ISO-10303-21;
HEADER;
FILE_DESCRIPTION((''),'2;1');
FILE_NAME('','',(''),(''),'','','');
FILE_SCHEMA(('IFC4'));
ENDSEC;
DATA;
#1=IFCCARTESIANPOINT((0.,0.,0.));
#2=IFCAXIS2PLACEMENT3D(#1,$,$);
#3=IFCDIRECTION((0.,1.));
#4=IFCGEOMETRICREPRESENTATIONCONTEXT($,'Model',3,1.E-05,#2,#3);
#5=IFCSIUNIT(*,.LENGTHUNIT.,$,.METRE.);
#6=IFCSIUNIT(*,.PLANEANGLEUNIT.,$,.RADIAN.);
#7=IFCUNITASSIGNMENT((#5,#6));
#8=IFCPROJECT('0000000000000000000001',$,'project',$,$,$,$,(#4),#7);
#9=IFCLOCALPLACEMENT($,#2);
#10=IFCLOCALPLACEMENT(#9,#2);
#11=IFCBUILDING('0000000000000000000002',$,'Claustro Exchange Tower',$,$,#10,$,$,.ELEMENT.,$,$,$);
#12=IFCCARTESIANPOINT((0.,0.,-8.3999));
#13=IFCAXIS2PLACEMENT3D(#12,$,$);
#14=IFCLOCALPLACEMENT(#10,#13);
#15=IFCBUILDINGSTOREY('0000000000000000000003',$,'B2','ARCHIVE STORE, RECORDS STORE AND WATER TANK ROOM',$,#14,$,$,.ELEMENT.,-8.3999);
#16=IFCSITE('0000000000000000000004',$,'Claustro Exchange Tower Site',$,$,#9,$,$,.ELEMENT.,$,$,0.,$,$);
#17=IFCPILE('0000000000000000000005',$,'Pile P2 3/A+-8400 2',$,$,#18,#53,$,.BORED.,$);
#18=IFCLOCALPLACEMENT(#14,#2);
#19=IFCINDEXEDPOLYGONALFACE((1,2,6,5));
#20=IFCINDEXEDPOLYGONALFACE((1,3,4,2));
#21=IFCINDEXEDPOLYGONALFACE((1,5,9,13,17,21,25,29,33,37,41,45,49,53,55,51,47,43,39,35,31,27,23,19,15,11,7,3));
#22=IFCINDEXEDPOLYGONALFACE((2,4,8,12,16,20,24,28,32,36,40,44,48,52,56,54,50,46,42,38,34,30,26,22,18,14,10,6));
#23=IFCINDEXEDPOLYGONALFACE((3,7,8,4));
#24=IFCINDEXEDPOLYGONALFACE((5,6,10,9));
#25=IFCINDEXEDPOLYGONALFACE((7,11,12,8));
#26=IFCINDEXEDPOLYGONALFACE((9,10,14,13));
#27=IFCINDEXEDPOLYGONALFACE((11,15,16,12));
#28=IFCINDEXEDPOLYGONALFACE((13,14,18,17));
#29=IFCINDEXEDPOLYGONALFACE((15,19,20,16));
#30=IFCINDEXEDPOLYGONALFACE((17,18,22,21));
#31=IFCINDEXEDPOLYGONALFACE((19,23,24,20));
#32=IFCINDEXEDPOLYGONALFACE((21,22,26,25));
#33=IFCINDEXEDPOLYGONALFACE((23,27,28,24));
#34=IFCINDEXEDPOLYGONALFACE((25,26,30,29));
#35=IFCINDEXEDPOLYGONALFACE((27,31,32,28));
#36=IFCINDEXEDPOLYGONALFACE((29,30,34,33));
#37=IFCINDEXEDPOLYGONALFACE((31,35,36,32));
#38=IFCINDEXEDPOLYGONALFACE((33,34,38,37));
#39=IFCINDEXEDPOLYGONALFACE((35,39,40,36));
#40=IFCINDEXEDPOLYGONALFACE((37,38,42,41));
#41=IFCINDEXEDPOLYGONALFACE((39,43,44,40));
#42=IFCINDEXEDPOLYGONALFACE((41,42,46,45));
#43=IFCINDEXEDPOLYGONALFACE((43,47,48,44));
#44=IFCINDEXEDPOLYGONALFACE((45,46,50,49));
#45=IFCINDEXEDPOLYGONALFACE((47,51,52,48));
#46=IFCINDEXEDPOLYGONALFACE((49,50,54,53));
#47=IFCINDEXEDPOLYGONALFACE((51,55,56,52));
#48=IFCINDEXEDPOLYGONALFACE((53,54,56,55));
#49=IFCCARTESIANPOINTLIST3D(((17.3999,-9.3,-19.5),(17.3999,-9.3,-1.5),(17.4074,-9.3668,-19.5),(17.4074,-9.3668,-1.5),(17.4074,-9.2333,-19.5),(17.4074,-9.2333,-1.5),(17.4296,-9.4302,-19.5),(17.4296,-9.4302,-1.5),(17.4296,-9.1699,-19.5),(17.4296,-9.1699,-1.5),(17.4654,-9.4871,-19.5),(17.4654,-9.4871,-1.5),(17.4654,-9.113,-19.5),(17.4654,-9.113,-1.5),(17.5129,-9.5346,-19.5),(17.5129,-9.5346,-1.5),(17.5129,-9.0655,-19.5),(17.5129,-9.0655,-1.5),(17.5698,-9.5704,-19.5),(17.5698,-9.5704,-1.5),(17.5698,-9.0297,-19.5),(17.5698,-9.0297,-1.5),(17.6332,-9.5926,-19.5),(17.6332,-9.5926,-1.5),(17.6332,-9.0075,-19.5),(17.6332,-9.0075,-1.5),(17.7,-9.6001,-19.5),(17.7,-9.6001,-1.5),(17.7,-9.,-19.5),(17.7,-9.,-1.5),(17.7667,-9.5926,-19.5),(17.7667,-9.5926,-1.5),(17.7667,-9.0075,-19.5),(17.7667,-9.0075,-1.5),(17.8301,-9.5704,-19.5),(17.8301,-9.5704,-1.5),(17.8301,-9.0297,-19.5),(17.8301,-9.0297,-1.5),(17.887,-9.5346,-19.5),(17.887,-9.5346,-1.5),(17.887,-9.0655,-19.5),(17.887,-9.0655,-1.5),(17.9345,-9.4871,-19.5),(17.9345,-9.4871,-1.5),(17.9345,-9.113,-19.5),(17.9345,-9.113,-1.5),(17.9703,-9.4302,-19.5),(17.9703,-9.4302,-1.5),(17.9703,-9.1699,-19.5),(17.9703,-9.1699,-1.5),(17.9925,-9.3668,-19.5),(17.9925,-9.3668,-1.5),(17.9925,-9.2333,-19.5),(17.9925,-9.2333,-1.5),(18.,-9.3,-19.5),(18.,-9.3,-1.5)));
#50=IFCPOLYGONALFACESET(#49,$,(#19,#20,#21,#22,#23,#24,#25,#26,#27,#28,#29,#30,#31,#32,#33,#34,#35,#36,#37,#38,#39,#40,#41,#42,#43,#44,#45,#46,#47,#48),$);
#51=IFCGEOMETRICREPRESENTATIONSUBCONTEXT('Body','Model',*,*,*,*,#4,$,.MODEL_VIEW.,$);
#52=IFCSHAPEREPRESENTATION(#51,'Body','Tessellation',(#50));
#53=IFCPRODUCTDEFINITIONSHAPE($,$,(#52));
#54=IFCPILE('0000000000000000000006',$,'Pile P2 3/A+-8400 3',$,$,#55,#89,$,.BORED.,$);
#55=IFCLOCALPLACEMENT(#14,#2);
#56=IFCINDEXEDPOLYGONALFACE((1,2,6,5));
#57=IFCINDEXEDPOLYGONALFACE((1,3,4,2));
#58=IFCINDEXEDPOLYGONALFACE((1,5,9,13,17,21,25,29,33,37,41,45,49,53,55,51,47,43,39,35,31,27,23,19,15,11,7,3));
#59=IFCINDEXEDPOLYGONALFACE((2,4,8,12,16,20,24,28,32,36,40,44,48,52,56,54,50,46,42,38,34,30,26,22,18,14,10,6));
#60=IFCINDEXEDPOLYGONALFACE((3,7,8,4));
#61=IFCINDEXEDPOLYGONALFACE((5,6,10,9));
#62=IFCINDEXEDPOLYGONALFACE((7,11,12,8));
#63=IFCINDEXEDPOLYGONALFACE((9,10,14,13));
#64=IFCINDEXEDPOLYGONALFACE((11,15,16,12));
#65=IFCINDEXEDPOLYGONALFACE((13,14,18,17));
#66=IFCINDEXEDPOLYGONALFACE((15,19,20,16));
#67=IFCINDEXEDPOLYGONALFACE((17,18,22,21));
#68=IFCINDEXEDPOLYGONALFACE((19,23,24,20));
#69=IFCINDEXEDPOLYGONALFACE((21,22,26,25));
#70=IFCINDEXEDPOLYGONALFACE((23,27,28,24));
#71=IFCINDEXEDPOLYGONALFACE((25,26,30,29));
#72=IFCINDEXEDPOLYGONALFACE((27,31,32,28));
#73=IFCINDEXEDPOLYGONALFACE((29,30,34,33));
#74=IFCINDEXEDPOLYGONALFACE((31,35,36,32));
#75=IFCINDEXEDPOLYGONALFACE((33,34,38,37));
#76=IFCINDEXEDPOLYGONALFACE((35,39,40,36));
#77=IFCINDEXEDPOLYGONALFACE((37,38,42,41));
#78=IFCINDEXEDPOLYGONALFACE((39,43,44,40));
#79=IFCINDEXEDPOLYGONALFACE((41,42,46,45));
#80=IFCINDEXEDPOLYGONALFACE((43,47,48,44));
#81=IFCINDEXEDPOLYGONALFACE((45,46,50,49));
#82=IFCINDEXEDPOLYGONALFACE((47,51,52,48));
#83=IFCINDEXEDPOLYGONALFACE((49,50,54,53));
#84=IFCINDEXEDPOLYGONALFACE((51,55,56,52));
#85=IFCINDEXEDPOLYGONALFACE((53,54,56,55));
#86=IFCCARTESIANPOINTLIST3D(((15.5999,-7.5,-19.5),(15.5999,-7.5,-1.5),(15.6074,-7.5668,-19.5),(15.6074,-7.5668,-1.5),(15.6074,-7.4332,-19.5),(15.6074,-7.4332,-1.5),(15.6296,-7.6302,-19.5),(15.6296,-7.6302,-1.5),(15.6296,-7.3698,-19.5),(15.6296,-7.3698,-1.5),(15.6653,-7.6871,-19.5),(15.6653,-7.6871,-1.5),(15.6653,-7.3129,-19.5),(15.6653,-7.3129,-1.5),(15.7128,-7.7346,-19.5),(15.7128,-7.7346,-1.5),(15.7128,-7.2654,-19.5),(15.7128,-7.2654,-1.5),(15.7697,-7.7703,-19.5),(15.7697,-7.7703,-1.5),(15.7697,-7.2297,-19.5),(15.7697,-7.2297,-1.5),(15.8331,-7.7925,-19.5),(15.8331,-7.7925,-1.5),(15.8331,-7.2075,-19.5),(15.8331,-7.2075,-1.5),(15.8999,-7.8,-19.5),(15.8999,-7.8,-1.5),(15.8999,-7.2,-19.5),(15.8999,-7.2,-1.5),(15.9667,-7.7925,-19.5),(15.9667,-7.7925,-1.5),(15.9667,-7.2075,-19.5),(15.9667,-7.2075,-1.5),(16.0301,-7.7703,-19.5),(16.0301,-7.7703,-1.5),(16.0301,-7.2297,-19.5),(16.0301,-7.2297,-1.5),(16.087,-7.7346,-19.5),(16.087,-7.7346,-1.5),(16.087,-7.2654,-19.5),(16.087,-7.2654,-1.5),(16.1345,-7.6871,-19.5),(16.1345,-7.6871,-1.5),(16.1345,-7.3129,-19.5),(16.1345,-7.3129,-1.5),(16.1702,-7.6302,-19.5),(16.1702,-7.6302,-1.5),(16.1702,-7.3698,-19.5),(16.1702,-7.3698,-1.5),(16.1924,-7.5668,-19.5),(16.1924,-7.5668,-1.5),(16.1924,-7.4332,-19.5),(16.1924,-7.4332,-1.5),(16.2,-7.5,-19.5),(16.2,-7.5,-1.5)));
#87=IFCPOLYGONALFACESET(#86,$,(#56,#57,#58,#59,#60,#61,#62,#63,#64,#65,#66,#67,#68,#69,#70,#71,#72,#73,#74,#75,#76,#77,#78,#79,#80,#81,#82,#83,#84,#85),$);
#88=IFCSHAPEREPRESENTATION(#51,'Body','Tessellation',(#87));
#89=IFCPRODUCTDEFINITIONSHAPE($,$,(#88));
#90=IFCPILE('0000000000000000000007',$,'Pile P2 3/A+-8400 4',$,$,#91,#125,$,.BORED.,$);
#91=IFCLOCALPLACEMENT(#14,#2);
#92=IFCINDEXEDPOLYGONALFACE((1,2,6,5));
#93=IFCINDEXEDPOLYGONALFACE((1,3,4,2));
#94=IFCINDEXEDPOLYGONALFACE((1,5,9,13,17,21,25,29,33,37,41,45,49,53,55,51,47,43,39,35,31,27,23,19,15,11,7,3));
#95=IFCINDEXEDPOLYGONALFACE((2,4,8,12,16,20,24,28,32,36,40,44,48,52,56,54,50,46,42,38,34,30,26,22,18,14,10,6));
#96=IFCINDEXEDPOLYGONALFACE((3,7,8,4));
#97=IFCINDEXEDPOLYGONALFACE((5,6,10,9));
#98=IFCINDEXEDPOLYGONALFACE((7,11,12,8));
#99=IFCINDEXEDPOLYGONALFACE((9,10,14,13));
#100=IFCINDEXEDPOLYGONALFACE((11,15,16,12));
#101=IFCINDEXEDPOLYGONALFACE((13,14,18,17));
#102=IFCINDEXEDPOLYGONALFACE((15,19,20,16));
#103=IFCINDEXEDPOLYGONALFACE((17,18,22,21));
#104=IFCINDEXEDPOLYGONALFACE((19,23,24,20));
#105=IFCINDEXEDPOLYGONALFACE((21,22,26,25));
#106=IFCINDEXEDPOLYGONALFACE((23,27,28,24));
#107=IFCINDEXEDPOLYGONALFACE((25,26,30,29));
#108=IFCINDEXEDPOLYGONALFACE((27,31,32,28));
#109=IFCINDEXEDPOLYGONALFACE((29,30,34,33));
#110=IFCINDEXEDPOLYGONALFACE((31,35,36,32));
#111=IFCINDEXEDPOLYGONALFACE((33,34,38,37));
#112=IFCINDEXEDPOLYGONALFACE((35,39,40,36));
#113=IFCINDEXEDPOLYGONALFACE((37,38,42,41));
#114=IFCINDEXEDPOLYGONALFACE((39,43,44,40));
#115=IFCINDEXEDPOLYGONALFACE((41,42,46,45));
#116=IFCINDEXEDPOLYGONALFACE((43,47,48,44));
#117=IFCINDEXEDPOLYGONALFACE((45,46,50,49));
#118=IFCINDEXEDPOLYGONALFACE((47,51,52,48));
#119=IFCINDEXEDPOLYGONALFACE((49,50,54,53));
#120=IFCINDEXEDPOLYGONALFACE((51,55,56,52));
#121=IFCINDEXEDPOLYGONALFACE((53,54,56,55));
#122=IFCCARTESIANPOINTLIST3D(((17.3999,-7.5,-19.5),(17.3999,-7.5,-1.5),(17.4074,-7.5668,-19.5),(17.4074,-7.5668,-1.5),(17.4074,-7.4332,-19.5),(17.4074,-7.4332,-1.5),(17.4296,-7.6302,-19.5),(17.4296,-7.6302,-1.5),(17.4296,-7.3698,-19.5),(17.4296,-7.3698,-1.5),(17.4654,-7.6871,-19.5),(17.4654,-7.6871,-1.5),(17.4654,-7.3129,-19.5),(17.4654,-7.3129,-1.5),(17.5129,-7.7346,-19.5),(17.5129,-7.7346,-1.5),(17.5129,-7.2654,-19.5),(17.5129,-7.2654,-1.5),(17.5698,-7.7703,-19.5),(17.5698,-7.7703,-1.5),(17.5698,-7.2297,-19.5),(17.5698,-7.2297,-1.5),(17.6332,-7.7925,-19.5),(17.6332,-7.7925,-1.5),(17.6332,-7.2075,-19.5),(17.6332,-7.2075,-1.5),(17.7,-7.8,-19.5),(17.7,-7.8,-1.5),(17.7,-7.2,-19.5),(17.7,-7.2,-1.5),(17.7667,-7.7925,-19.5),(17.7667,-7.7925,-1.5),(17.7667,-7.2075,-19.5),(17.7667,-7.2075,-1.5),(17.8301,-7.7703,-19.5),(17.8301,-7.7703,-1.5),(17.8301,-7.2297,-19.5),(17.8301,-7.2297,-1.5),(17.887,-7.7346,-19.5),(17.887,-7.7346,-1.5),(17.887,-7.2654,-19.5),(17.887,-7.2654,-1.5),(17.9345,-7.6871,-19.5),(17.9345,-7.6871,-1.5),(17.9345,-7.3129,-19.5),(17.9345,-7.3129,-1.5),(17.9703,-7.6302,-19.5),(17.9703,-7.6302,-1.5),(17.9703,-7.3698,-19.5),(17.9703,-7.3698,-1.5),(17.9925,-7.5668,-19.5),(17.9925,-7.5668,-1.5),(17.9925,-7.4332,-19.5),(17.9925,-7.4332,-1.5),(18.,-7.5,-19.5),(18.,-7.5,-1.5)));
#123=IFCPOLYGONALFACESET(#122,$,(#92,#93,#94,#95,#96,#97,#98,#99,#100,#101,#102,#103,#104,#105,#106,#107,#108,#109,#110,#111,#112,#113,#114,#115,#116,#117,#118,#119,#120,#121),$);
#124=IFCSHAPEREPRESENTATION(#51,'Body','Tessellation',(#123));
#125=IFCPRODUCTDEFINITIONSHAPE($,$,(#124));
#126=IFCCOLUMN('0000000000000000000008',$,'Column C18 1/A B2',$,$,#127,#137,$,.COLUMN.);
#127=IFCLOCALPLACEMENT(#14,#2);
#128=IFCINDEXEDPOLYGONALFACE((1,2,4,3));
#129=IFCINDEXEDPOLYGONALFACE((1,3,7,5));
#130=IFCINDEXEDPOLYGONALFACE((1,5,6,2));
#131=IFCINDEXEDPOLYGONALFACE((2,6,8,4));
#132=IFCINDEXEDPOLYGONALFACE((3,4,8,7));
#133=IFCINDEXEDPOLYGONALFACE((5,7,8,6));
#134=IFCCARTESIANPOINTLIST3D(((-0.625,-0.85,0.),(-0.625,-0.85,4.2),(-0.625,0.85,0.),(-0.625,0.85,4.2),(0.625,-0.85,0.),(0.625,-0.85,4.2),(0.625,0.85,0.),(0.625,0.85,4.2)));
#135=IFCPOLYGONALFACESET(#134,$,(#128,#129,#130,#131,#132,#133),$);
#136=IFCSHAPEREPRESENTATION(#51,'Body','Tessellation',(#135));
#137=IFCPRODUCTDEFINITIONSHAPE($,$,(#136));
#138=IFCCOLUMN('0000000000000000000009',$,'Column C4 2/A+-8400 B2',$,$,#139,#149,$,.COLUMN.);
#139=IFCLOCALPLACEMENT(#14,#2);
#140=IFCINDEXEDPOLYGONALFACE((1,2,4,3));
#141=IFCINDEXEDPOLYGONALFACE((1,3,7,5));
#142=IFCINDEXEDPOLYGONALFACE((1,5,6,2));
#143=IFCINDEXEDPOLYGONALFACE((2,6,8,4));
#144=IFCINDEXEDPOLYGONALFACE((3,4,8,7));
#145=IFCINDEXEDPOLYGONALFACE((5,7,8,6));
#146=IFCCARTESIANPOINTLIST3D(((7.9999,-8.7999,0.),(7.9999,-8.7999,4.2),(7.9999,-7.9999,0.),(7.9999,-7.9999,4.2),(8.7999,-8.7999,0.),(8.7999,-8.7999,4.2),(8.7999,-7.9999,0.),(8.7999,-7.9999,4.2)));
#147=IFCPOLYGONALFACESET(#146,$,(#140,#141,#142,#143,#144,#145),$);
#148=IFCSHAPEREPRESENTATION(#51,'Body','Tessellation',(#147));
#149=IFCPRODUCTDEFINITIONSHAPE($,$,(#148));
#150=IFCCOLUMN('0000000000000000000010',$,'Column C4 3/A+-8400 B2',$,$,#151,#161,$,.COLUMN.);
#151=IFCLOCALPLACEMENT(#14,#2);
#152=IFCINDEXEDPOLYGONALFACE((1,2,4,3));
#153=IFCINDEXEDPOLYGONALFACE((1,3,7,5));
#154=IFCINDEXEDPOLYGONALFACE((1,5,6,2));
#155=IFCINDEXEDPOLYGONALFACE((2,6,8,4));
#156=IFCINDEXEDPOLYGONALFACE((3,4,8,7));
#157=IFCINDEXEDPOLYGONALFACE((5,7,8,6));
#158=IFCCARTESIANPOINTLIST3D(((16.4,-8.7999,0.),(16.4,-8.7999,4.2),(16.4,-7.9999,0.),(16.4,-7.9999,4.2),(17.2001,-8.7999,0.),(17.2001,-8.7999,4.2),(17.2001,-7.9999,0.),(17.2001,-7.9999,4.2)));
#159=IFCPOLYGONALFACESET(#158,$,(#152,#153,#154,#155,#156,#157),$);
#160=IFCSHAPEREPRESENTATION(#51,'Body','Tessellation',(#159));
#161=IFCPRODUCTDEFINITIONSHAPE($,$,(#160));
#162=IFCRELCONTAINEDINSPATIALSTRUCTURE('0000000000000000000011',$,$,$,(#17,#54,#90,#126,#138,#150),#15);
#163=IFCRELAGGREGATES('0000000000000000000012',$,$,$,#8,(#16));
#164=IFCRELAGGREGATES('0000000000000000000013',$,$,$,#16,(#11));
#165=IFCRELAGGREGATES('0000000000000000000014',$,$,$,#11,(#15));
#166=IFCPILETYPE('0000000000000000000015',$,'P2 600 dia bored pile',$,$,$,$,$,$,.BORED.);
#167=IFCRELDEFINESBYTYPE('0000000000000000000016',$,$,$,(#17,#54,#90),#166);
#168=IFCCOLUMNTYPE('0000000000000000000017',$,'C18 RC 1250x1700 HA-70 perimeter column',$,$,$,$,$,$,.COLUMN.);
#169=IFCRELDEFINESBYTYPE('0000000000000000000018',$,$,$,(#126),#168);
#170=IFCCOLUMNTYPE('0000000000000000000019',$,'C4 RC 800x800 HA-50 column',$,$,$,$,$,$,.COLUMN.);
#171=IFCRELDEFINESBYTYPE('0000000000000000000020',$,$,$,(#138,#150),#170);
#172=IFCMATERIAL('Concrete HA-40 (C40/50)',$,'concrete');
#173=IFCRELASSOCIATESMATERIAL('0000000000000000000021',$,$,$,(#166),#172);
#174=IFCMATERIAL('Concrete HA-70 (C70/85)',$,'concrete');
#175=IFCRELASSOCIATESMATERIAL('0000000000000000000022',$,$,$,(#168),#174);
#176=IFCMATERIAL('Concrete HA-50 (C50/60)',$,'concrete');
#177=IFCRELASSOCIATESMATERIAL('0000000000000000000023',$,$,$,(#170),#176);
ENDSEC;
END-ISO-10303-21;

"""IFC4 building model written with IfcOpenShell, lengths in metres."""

from ifc_helpers import new_model, si_unit, direction, frame, origin, origin_with_axes, origin_2d, place, context, subcontext, project, spatial, rectangle, circle, extrude, material, material_profile, profile_set, type_object, element, save


model = new_model("IFC4")

# Units and contexts
model_context = context("Model", 3, precision=1e-05, world=origin(), true_north=direction((0.0, 1.0)))
body_context = subcontext(model_context, "Body", "Model", "MODEL_VIEW")
ifc_project = project(units=[si_unit("LENGTHUNIT", "METRE"), si_unit("PLANEANGLEUNIT", "RADIAN")], contexts=[model_context])

# Site, building, storey
site_placement = place(None, origin())
site = spatial("IfcSite", under=ifc_project, at=site_placement, Name="Claustro Exchange Tower Site", CompositionType="ELEMENT", RefElevation=0.0)
building_placement = place(site_placement, origin())
building = spatial("IfcBuilding", under=site, at=building_placement, Name="Claustro Exchange Tower", CompositionType="ELEMENT")
storey_placement = place(building_placement, frame((0.0, 0.0, -8.3999)))
storey = spatial("IfcBuildingStorey", under=building, at=storey_placement, Name="B2", Description="ARCHIVE STORE, RECORDS STORE AND WATER TANK ROOM", CompositionType="ELEMENT", Elevation=-8.3999)

# Piles
ifc_material_1 = material(Name="Concrete HA-40 (C40/50)", Category="concrete")
pile_type_1 = type_object("IfcPileType", Name="P2 600 dia bored pile", PredefinedType="BORED", material=ifc_material_1)
for number, where, z_axis, x_axis, name in (
    (1, (17.7, -9.3, -1.5), (0.0, 0.0, -1.0), (1.0, 0.0, 0.0), "Pile P2 3/A+-8400 2"),
    (2, (15.8999, -7.5, -1.5), (0.0, 0.0, -1.0), (1.0, 0.0, 0.0), "Pile P2 3/A+-8400 3"),
    (3, (17.7, -7.5, -1.5), (0.0, 0.0, -1.0), (1.0, 0.0, 0.0), "Pile P2 3/A+-8400 4"),
):
    element("IfcPile", number, at=place(storey_placement, frame(where, z_axis=z_axis, x_axis=x_axis)), inside=storey, type_object=pile_type_1, Name=name, PredefinedType="BORED", context=body_context, shape_type="SweptSolid", body=[
        extrude(circle(Radius=0.3, at=origin_2d()), origin(), (0.0, 0.0, 1.0), 18.0),
    ])

# Columns
ifc_material_2 = material(Name="Concrete HA-70 (C70/85)", Category="concrete")
ifc_material_profile_1 = material_profile(ifc_material_2, rectangle(XDim=1.25, YDim=1.7, at=origin_2d()), Name="RC 1250x1700")
ifc_profile_set_1 = profile_set([ifc_material_profile_1], Name="Concrete HA-70 (C70/85)")
column_type_1 = type_object("IfcColumnType", Name="C18 RC 1250x1700 HA-70 perimeter column", PredefinedType="COLUMN", material=ifc_profile_set_1)
column_placement = place(storey_placement, origin_with_axes())
element("IfcColumn", 4, at=column_placement, inside=storey, type_object=column_type_1, Name="Column C18 1/A B2", PredefinedType="COLUMN", context=body_context, shape_type="SweptSolid", body=[
    extrude(rectangle(XDim=1.25, YDim=1.7, at=origin_2d()), origin(), (0.0, 0.0, 1.0), 4.2),
])
ifc_material_3 = material(Name="Concrete HA-50 (C50/60)", Category="concrete")
ifc_material_profile_2 = material_profile(ifc_material_3, rectangle(XDim=0.8, YDim=0.8, at=origin_2d()), Name="RC 800x800")
ifc_profile_set_2 = profile_set([ifc_material_profile_2], Name="Concrete HA-50 (C50/60)")
column_type_2 = type_object("IfcColumnType", Name="C4 RC 800x800 HA-50 column", PredefinedType="COLUMN", material=ifc_profile_set_2)
for number, where, z_axis, x_axis, name in (
    (5, (8.3999, -8.3999, 0.0), (0.0, 0.0, 1.0), (1.0, 0.0, 0.0), "Column C4 2/A+-8400 B2"),
    (6, (16.8, -8.3999, 0.0), (0.0, 0.0, 1.0), (1.0, 0.0, 0.0), "Column C4 3/A+-8400 B2"),
):
    element("IfcColumn", number, at=place(storey_placement, frame(where, z_axis=z_axis, x_axis=x_axis)), inside=storey, type_object=column_type_2, Name=name, PredefinedType="COLUMN", context=body_context, shape_type="SweptSolid", body=[
        extrude(rectangle(XDim=0.8, YDim=0.8, at=origin_2d()), origin(), (0.0, 0.0, 1.0), 4.2),
    ])

save(model, "model.ifc")
